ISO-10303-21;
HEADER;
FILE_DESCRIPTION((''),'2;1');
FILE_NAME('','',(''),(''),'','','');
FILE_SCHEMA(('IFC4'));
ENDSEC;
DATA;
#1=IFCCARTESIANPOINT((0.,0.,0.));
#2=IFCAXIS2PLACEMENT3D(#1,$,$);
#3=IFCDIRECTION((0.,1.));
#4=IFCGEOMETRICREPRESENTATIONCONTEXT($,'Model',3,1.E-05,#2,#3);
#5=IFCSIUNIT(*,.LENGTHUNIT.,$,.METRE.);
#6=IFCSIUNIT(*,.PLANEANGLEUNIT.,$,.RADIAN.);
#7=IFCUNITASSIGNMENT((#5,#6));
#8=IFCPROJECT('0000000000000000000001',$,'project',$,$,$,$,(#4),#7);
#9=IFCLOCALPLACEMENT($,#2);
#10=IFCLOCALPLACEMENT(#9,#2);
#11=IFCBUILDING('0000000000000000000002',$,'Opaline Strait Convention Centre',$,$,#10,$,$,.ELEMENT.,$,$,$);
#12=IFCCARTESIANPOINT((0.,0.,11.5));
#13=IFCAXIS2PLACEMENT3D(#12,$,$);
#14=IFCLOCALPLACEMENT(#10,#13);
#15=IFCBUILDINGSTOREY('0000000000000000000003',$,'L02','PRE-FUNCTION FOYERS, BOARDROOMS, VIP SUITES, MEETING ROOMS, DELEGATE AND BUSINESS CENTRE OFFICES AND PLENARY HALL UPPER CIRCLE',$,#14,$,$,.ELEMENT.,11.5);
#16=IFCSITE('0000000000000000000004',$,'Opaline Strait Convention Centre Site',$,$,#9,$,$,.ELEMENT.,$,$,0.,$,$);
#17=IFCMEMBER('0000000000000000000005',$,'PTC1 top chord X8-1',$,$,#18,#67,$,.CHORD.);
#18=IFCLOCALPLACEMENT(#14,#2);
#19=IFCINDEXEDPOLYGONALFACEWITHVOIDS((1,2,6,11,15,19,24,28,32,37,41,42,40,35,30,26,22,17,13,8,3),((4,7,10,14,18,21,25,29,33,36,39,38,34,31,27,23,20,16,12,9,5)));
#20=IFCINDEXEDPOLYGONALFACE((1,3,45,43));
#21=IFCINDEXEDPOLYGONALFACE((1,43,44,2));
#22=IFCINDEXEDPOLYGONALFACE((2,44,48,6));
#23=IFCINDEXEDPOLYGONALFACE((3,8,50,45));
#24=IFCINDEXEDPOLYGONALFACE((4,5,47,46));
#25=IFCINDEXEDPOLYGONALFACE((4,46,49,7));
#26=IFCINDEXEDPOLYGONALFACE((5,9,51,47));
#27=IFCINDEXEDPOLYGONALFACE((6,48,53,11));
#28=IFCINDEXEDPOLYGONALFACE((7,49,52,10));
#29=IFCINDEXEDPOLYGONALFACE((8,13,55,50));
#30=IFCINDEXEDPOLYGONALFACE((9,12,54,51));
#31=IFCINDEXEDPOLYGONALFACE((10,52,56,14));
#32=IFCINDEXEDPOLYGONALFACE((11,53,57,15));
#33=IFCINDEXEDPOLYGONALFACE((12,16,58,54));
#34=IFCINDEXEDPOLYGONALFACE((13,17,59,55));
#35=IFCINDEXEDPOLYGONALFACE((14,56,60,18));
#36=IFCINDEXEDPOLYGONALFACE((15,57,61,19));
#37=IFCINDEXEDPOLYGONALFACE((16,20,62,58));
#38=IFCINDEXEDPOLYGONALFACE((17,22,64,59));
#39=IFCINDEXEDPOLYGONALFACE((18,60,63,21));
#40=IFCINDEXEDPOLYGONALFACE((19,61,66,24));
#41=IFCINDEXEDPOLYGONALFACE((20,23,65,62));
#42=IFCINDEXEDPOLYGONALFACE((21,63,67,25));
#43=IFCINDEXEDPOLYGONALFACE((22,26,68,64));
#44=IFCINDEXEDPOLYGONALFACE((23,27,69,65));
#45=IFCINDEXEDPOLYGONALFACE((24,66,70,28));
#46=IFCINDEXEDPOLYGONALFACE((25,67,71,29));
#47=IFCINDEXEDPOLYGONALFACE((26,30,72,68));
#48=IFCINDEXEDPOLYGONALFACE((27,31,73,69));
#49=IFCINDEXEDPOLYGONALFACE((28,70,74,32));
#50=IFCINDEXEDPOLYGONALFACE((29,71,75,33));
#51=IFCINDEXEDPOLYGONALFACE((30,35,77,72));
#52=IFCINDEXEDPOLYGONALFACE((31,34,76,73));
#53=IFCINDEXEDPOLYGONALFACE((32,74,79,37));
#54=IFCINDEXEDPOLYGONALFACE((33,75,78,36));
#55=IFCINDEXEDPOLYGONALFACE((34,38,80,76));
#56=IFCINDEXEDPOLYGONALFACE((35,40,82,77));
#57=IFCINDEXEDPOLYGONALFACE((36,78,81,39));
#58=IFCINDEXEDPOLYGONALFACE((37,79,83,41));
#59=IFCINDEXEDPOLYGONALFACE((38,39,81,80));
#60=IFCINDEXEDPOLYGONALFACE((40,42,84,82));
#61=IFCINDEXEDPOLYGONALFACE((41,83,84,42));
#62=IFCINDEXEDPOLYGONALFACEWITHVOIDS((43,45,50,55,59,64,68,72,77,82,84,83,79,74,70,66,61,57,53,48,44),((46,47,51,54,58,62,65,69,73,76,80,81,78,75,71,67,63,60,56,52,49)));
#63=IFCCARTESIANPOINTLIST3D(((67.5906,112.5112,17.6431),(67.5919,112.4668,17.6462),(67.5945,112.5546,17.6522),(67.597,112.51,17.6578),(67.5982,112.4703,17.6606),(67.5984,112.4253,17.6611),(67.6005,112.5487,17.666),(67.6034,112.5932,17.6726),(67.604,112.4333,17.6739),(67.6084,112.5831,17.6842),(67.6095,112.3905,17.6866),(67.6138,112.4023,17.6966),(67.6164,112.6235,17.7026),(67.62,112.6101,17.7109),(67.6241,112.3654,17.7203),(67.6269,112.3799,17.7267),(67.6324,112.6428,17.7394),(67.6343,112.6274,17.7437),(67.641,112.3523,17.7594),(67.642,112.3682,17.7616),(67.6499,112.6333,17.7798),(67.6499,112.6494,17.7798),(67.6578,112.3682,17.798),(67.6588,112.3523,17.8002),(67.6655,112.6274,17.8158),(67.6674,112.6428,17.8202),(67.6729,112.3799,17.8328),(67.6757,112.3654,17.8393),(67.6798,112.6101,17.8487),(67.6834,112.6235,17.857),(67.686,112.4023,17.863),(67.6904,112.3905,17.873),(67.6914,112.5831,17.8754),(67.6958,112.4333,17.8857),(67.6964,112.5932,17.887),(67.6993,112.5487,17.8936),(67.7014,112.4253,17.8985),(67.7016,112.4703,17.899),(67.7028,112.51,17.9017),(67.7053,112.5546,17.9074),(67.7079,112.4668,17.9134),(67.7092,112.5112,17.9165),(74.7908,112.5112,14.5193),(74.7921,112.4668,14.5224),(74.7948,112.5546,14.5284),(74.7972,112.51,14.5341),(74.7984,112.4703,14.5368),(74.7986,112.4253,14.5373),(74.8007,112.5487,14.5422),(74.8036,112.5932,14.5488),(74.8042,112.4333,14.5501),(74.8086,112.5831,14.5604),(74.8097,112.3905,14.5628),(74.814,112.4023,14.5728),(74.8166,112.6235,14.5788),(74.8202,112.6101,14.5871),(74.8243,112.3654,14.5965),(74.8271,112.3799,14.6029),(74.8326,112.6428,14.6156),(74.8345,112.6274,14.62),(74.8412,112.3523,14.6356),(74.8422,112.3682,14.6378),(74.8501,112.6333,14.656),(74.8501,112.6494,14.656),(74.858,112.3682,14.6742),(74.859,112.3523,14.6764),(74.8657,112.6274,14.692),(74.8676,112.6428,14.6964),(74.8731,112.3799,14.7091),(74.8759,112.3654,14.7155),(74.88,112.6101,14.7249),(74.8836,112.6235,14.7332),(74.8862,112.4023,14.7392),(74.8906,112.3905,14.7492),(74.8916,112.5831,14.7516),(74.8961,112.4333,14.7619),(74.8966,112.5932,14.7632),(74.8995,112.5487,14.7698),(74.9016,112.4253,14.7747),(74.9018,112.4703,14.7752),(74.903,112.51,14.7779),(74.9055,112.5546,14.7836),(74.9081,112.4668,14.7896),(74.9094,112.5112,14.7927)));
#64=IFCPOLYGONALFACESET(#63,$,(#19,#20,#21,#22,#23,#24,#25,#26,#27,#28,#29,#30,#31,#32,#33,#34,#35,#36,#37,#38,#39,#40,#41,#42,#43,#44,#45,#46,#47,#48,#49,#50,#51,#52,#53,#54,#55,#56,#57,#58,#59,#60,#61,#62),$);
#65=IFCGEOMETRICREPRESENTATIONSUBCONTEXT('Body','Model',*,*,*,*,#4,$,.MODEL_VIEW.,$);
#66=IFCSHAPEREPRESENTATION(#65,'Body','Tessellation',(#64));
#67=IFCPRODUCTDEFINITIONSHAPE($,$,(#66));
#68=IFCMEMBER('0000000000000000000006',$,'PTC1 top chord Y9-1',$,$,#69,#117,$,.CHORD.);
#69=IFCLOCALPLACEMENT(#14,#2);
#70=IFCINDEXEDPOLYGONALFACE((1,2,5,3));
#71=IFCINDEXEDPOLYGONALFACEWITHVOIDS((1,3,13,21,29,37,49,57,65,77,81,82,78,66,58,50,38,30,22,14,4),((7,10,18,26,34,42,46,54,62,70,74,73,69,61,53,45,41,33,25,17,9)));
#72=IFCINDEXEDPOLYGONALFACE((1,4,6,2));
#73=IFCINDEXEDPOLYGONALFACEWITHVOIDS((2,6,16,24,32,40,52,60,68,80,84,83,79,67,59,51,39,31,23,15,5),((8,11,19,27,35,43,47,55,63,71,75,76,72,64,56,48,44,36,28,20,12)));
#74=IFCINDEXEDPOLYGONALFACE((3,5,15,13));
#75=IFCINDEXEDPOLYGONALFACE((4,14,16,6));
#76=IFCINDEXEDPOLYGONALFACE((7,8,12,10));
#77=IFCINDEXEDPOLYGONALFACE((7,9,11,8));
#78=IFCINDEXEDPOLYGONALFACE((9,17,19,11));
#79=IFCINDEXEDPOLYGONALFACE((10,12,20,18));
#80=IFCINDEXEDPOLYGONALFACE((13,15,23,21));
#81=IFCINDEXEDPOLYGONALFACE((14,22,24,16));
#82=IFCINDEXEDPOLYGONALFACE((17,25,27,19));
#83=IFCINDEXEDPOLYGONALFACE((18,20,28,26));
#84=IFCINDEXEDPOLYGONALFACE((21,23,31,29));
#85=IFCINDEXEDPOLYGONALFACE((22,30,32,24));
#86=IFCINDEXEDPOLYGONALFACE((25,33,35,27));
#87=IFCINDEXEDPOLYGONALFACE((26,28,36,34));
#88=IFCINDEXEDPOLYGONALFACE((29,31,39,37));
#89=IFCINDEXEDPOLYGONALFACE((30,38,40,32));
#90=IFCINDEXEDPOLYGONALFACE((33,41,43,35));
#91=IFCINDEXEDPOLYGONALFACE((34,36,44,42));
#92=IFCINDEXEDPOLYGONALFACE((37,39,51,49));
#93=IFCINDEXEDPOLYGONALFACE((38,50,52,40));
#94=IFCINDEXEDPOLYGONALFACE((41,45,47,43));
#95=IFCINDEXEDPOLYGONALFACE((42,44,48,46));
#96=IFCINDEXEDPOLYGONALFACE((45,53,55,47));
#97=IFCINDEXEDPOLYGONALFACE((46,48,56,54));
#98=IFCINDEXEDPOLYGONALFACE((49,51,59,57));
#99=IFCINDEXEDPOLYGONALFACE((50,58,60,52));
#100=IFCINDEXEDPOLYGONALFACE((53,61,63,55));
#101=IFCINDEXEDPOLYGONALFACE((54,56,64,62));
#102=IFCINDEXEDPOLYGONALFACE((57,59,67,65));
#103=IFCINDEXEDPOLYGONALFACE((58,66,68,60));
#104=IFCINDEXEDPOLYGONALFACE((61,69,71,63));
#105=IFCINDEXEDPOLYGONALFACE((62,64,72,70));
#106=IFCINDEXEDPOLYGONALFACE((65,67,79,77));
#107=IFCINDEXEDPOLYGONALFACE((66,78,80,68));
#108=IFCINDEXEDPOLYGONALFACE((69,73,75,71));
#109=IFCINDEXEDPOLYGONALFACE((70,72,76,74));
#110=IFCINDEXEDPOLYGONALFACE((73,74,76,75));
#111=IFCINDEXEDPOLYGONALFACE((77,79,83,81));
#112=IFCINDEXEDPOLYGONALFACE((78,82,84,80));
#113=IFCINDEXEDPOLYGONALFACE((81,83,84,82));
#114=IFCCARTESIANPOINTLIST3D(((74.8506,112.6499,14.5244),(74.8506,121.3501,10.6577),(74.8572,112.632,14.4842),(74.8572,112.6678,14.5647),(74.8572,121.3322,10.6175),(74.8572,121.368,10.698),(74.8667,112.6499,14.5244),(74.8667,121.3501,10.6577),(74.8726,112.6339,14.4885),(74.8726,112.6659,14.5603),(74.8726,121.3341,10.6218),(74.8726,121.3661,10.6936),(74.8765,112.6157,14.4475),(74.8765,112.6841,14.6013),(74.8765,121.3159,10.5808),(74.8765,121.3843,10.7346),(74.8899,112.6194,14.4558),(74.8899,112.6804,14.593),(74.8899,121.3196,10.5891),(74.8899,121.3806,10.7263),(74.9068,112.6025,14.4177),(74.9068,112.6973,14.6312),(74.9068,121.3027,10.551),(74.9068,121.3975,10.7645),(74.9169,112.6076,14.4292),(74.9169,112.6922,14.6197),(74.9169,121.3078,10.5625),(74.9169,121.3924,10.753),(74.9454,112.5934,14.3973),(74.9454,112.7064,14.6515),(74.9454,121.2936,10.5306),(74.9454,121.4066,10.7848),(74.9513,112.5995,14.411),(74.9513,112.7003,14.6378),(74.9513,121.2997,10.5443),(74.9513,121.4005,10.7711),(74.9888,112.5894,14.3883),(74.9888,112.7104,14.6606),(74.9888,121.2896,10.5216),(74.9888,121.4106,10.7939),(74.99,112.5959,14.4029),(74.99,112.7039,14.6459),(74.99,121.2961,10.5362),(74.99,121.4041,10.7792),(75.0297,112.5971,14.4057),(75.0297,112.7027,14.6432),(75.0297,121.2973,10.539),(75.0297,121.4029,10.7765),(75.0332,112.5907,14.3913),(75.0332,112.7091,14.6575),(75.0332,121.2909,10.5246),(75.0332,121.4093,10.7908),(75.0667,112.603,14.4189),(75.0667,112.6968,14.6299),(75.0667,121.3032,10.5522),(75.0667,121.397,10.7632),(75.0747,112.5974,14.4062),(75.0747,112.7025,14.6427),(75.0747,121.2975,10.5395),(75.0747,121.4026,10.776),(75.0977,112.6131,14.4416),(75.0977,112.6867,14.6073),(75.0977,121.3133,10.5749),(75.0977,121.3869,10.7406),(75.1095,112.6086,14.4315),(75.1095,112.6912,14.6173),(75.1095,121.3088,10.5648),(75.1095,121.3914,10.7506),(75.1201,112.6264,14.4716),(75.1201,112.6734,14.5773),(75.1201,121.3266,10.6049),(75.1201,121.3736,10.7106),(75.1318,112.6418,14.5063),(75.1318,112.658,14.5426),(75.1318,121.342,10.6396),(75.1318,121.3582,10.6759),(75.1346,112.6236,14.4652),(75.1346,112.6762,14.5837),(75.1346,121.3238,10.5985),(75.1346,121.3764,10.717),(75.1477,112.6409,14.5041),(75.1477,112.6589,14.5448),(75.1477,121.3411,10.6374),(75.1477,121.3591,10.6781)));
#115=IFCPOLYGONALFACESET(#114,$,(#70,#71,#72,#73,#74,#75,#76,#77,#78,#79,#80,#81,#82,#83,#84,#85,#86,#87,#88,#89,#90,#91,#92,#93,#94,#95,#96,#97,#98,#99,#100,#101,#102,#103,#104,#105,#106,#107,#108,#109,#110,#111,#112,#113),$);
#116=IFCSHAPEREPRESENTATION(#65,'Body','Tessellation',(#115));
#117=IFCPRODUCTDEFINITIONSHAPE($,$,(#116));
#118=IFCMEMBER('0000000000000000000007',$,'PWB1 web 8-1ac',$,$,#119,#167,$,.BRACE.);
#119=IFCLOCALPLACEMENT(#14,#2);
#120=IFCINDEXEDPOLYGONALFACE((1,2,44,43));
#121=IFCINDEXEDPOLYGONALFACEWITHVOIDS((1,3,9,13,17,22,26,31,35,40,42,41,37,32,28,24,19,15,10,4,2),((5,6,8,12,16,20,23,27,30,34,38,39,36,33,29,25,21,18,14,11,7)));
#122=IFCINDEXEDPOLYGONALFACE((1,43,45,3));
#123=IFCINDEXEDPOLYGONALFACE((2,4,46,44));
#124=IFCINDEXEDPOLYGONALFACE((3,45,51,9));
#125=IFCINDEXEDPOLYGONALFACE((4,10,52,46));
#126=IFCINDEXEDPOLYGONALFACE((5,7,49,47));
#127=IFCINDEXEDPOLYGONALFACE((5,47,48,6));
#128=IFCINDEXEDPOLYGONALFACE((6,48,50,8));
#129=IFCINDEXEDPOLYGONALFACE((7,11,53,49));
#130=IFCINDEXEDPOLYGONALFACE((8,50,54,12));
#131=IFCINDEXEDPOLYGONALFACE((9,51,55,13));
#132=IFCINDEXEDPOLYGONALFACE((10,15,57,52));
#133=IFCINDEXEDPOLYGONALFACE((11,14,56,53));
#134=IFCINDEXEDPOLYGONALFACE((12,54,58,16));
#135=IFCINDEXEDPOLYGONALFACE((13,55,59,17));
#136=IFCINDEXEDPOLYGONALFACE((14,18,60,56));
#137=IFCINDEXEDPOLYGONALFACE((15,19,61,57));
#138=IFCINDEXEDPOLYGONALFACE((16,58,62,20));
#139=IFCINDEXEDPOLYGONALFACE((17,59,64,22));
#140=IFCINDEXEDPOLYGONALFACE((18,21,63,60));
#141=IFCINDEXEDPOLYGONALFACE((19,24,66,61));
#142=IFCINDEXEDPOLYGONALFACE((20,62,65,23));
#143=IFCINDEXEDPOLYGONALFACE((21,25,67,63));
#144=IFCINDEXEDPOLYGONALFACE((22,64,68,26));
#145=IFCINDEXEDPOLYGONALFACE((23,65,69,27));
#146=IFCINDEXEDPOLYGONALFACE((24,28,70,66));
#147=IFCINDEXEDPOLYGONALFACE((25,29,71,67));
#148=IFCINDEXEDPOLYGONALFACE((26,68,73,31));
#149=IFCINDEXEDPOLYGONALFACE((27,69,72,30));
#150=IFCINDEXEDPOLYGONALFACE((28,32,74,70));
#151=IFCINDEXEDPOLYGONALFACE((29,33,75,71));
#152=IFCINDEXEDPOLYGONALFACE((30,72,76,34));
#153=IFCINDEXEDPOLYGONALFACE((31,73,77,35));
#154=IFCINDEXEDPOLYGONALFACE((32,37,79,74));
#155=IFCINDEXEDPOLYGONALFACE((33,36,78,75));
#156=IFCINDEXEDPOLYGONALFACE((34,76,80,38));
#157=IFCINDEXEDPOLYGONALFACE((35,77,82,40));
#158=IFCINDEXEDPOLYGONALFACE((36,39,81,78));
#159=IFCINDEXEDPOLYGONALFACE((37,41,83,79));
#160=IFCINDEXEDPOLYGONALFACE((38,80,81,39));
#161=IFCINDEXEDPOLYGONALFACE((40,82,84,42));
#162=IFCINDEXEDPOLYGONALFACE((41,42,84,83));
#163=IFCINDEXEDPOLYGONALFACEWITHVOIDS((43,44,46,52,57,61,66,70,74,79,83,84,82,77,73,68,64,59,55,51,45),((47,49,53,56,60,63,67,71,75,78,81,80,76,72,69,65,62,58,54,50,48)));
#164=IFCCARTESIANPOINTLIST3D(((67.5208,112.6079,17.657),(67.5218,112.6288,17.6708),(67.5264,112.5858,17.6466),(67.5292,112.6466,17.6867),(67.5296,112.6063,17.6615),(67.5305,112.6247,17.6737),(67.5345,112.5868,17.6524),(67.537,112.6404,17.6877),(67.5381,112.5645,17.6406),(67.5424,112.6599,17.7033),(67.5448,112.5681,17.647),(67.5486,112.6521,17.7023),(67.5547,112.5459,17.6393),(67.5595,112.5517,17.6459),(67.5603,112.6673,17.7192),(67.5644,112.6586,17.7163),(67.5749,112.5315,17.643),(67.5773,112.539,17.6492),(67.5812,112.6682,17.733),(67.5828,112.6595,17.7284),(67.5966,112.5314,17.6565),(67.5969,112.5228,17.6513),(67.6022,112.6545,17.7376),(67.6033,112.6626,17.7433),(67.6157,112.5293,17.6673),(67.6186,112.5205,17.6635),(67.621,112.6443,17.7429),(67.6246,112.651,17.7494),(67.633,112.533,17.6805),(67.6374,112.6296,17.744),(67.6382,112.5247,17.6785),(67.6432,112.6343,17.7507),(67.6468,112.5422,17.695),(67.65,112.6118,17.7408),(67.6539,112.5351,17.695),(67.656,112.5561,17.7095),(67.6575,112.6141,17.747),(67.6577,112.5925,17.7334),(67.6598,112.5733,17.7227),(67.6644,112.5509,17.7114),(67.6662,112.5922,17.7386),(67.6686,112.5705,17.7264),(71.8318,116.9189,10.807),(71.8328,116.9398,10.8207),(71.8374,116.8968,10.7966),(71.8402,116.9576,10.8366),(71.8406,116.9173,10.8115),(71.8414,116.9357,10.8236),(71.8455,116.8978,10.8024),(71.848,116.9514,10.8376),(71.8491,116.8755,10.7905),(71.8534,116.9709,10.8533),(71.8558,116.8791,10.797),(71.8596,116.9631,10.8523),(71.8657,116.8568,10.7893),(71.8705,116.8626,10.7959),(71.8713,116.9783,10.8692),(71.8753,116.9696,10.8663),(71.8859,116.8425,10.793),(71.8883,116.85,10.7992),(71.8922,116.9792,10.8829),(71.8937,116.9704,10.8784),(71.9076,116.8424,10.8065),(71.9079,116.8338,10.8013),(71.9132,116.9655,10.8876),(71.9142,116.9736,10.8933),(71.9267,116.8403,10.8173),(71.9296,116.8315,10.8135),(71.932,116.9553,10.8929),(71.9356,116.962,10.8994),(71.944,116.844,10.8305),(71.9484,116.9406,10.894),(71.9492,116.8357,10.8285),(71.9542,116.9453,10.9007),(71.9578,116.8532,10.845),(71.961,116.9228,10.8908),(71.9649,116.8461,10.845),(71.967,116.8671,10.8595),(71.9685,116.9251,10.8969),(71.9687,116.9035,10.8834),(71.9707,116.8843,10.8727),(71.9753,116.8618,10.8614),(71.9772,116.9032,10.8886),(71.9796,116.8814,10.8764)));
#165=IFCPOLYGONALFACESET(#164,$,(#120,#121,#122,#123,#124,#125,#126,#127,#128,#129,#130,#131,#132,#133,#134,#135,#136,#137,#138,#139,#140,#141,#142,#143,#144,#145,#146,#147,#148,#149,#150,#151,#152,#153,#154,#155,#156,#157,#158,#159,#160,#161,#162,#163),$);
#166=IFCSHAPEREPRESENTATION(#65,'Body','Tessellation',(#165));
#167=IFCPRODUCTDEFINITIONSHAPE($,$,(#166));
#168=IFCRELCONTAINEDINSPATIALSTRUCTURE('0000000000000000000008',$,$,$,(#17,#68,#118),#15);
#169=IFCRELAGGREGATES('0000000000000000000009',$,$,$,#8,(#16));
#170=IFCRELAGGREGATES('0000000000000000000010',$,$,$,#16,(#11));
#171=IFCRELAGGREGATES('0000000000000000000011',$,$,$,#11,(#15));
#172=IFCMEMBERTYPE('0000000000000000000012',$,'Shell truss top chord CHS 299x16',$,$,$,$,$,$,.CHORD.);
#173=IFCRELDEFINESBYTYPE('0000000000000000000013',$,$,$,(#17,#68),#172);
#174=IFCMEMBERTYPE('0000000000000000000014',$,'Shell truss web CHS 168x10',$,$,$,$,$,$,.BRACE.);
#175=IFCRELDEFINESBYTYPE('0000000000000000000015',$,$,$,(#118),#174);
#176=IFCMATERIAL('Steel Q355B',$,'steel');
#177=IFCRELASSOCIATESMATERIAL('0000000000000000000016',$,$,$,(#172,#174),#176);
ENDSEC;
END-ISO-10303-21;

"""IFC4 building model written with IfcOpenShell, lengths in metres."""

from ifc_helpers import new_model, si_unit, direction, frame, origin, origin_2d, place, context, subcontext, project, spatial, hollow_circle, extrude, material, material_profile, profile_set, type_object, element, save


model = new_model("IFC4")

# Units and contexts
model_context = context("Model", 3, precision=1e-05, world=origin(), true_north=direction((0.0, 1.0)))
body_context = subcontext(model_context, "Body", "Model", "MODEL_VIEW")
ifc_project = project(units=[si_unit("LENGTHUNIT", "METRE"), si_unit("PLANEANGLEUNIT", "RADIAN")], contexts=[model_context])

# Site, building, storey
site_placement = place(None, origin())
site = spatial("IfcSite", under=ifc_project, at=site_placement, Name="Opaline Strait Convention Centre Site", CompositionType="ELEMENT", RefElevation=0.0)
building_placement = place(site_placement, origin())
building = spatial("IfcBuilding", under=site, at=building_placement, Name="Opaline Strait Convention Centre", CompositionType="ELEMENT")
storey_placement = place(building_placement, frame((0.0, 0.0, 11.5)))
storey = spatial("IfcBuildingStorey", under=building, at=storey_placement, Name="L02", Description="PRE-FUNCTION FOYERS, BOARDROOMS, VIP SUITES, MEETING ROOMS, DELEGATE AND BUSINESS CENTRE OFFICES AND PLENARY HALL UPPER CIRCLE", CompositionType="ELEMENT", Elevation=11.5)

# Members
ifc_material_1 = material(Name="Steel Q355B", Category="steel")
ifc_material_profile_1 = material_profile(ifc_material_1, hollow_circle(Radius=0.1494, WallThickness=0.0161, at=origin_2d()), Name="CHS 299x16")
ifc_profile_set_1 = profile_set([ifc_material_profile_1], Name="Steel Q355B")
member_type_1 = type_object("IfcMemberType", Name="Shell truss top chord CHS 299x16", PredefinedType="CHORD", material=ifc_profile_set_1)
member_1_placement = place(storey_placement, frame((67.6499, 112.5, 17.7798), z_axis=(0.917384, 0.0, -0.398004), x_axis=(0.0, 1.0, 0.0)))
element("IfcMember", 1, at=member_1_placement, inside=storey, type_object=member_type_1, Name="PTC1 top chord X8-1", PredefinedType="CHORD", context=body_context, shape_type="SweptSolid", body=[
    extrude(hollow_circle(Radius=0.1494, WallThickness=0.0161, at=origin_2d()), origin(), (0.0, 0.0, 1.0), 7.8486),
])
member_2_placement = place(storey_placement, frame((75.0, 112.6499, 14.5244), z_axis=(0.0, 0.913814, -0.406134), x_axis=(-1.0, 0.0, 0.0)))
element("IfcMember", 2, at=member_2_placement, inside=storey, type_object=member_type_1, Name="PTC1 top chord Y9-1", PredefinedType="CHORD", context=body_context, shape_type="SweptSolid", body=[
    extrude(hollow_circle(Radius=0.1494, WallThickness=0.0161, at=origin_2d()), origin(), (0.0, 0.0, 1.0), 9.5208),
])
ifc_material_profile_2 = material_profile(ifc_material_1, hollow_circle(Radius=0.084, WallThickness=0.01, at=origin_2d()), Name="CHS 168x10")
ifc_profile_set_2 = profile_set([ifc_material_profile_2], Name="Steel Q355B")
member_type_2 = type_object("IfcMemberType", Name="Shell truss web CHS 168x10", PredefinedType="BRACE", material=ifc_profile_set_2)
member_3_placement = place(storey_placement, frame((71.9055, 116.9055, 10.845), z_axis=(-0.47011, -0.47011, 0.74699), x_axis=(0.707107, -0.707107, 0.0)))
element("IfcMember", 3, at=member_3_placement, inside=storey, type_object=member_type_2, Name="PWB1 web 8-1ac", PredefinedType="BRACE", context=body_context, shape_type="SweptSolid", body=[
    extrude(hollow_circle(Radius=0.084, WallThickness=0.01, at=origin_2d()), origin(), (0.0, 0.0, 1.0), 9.1702),
])

save(model, "model.ifc")
